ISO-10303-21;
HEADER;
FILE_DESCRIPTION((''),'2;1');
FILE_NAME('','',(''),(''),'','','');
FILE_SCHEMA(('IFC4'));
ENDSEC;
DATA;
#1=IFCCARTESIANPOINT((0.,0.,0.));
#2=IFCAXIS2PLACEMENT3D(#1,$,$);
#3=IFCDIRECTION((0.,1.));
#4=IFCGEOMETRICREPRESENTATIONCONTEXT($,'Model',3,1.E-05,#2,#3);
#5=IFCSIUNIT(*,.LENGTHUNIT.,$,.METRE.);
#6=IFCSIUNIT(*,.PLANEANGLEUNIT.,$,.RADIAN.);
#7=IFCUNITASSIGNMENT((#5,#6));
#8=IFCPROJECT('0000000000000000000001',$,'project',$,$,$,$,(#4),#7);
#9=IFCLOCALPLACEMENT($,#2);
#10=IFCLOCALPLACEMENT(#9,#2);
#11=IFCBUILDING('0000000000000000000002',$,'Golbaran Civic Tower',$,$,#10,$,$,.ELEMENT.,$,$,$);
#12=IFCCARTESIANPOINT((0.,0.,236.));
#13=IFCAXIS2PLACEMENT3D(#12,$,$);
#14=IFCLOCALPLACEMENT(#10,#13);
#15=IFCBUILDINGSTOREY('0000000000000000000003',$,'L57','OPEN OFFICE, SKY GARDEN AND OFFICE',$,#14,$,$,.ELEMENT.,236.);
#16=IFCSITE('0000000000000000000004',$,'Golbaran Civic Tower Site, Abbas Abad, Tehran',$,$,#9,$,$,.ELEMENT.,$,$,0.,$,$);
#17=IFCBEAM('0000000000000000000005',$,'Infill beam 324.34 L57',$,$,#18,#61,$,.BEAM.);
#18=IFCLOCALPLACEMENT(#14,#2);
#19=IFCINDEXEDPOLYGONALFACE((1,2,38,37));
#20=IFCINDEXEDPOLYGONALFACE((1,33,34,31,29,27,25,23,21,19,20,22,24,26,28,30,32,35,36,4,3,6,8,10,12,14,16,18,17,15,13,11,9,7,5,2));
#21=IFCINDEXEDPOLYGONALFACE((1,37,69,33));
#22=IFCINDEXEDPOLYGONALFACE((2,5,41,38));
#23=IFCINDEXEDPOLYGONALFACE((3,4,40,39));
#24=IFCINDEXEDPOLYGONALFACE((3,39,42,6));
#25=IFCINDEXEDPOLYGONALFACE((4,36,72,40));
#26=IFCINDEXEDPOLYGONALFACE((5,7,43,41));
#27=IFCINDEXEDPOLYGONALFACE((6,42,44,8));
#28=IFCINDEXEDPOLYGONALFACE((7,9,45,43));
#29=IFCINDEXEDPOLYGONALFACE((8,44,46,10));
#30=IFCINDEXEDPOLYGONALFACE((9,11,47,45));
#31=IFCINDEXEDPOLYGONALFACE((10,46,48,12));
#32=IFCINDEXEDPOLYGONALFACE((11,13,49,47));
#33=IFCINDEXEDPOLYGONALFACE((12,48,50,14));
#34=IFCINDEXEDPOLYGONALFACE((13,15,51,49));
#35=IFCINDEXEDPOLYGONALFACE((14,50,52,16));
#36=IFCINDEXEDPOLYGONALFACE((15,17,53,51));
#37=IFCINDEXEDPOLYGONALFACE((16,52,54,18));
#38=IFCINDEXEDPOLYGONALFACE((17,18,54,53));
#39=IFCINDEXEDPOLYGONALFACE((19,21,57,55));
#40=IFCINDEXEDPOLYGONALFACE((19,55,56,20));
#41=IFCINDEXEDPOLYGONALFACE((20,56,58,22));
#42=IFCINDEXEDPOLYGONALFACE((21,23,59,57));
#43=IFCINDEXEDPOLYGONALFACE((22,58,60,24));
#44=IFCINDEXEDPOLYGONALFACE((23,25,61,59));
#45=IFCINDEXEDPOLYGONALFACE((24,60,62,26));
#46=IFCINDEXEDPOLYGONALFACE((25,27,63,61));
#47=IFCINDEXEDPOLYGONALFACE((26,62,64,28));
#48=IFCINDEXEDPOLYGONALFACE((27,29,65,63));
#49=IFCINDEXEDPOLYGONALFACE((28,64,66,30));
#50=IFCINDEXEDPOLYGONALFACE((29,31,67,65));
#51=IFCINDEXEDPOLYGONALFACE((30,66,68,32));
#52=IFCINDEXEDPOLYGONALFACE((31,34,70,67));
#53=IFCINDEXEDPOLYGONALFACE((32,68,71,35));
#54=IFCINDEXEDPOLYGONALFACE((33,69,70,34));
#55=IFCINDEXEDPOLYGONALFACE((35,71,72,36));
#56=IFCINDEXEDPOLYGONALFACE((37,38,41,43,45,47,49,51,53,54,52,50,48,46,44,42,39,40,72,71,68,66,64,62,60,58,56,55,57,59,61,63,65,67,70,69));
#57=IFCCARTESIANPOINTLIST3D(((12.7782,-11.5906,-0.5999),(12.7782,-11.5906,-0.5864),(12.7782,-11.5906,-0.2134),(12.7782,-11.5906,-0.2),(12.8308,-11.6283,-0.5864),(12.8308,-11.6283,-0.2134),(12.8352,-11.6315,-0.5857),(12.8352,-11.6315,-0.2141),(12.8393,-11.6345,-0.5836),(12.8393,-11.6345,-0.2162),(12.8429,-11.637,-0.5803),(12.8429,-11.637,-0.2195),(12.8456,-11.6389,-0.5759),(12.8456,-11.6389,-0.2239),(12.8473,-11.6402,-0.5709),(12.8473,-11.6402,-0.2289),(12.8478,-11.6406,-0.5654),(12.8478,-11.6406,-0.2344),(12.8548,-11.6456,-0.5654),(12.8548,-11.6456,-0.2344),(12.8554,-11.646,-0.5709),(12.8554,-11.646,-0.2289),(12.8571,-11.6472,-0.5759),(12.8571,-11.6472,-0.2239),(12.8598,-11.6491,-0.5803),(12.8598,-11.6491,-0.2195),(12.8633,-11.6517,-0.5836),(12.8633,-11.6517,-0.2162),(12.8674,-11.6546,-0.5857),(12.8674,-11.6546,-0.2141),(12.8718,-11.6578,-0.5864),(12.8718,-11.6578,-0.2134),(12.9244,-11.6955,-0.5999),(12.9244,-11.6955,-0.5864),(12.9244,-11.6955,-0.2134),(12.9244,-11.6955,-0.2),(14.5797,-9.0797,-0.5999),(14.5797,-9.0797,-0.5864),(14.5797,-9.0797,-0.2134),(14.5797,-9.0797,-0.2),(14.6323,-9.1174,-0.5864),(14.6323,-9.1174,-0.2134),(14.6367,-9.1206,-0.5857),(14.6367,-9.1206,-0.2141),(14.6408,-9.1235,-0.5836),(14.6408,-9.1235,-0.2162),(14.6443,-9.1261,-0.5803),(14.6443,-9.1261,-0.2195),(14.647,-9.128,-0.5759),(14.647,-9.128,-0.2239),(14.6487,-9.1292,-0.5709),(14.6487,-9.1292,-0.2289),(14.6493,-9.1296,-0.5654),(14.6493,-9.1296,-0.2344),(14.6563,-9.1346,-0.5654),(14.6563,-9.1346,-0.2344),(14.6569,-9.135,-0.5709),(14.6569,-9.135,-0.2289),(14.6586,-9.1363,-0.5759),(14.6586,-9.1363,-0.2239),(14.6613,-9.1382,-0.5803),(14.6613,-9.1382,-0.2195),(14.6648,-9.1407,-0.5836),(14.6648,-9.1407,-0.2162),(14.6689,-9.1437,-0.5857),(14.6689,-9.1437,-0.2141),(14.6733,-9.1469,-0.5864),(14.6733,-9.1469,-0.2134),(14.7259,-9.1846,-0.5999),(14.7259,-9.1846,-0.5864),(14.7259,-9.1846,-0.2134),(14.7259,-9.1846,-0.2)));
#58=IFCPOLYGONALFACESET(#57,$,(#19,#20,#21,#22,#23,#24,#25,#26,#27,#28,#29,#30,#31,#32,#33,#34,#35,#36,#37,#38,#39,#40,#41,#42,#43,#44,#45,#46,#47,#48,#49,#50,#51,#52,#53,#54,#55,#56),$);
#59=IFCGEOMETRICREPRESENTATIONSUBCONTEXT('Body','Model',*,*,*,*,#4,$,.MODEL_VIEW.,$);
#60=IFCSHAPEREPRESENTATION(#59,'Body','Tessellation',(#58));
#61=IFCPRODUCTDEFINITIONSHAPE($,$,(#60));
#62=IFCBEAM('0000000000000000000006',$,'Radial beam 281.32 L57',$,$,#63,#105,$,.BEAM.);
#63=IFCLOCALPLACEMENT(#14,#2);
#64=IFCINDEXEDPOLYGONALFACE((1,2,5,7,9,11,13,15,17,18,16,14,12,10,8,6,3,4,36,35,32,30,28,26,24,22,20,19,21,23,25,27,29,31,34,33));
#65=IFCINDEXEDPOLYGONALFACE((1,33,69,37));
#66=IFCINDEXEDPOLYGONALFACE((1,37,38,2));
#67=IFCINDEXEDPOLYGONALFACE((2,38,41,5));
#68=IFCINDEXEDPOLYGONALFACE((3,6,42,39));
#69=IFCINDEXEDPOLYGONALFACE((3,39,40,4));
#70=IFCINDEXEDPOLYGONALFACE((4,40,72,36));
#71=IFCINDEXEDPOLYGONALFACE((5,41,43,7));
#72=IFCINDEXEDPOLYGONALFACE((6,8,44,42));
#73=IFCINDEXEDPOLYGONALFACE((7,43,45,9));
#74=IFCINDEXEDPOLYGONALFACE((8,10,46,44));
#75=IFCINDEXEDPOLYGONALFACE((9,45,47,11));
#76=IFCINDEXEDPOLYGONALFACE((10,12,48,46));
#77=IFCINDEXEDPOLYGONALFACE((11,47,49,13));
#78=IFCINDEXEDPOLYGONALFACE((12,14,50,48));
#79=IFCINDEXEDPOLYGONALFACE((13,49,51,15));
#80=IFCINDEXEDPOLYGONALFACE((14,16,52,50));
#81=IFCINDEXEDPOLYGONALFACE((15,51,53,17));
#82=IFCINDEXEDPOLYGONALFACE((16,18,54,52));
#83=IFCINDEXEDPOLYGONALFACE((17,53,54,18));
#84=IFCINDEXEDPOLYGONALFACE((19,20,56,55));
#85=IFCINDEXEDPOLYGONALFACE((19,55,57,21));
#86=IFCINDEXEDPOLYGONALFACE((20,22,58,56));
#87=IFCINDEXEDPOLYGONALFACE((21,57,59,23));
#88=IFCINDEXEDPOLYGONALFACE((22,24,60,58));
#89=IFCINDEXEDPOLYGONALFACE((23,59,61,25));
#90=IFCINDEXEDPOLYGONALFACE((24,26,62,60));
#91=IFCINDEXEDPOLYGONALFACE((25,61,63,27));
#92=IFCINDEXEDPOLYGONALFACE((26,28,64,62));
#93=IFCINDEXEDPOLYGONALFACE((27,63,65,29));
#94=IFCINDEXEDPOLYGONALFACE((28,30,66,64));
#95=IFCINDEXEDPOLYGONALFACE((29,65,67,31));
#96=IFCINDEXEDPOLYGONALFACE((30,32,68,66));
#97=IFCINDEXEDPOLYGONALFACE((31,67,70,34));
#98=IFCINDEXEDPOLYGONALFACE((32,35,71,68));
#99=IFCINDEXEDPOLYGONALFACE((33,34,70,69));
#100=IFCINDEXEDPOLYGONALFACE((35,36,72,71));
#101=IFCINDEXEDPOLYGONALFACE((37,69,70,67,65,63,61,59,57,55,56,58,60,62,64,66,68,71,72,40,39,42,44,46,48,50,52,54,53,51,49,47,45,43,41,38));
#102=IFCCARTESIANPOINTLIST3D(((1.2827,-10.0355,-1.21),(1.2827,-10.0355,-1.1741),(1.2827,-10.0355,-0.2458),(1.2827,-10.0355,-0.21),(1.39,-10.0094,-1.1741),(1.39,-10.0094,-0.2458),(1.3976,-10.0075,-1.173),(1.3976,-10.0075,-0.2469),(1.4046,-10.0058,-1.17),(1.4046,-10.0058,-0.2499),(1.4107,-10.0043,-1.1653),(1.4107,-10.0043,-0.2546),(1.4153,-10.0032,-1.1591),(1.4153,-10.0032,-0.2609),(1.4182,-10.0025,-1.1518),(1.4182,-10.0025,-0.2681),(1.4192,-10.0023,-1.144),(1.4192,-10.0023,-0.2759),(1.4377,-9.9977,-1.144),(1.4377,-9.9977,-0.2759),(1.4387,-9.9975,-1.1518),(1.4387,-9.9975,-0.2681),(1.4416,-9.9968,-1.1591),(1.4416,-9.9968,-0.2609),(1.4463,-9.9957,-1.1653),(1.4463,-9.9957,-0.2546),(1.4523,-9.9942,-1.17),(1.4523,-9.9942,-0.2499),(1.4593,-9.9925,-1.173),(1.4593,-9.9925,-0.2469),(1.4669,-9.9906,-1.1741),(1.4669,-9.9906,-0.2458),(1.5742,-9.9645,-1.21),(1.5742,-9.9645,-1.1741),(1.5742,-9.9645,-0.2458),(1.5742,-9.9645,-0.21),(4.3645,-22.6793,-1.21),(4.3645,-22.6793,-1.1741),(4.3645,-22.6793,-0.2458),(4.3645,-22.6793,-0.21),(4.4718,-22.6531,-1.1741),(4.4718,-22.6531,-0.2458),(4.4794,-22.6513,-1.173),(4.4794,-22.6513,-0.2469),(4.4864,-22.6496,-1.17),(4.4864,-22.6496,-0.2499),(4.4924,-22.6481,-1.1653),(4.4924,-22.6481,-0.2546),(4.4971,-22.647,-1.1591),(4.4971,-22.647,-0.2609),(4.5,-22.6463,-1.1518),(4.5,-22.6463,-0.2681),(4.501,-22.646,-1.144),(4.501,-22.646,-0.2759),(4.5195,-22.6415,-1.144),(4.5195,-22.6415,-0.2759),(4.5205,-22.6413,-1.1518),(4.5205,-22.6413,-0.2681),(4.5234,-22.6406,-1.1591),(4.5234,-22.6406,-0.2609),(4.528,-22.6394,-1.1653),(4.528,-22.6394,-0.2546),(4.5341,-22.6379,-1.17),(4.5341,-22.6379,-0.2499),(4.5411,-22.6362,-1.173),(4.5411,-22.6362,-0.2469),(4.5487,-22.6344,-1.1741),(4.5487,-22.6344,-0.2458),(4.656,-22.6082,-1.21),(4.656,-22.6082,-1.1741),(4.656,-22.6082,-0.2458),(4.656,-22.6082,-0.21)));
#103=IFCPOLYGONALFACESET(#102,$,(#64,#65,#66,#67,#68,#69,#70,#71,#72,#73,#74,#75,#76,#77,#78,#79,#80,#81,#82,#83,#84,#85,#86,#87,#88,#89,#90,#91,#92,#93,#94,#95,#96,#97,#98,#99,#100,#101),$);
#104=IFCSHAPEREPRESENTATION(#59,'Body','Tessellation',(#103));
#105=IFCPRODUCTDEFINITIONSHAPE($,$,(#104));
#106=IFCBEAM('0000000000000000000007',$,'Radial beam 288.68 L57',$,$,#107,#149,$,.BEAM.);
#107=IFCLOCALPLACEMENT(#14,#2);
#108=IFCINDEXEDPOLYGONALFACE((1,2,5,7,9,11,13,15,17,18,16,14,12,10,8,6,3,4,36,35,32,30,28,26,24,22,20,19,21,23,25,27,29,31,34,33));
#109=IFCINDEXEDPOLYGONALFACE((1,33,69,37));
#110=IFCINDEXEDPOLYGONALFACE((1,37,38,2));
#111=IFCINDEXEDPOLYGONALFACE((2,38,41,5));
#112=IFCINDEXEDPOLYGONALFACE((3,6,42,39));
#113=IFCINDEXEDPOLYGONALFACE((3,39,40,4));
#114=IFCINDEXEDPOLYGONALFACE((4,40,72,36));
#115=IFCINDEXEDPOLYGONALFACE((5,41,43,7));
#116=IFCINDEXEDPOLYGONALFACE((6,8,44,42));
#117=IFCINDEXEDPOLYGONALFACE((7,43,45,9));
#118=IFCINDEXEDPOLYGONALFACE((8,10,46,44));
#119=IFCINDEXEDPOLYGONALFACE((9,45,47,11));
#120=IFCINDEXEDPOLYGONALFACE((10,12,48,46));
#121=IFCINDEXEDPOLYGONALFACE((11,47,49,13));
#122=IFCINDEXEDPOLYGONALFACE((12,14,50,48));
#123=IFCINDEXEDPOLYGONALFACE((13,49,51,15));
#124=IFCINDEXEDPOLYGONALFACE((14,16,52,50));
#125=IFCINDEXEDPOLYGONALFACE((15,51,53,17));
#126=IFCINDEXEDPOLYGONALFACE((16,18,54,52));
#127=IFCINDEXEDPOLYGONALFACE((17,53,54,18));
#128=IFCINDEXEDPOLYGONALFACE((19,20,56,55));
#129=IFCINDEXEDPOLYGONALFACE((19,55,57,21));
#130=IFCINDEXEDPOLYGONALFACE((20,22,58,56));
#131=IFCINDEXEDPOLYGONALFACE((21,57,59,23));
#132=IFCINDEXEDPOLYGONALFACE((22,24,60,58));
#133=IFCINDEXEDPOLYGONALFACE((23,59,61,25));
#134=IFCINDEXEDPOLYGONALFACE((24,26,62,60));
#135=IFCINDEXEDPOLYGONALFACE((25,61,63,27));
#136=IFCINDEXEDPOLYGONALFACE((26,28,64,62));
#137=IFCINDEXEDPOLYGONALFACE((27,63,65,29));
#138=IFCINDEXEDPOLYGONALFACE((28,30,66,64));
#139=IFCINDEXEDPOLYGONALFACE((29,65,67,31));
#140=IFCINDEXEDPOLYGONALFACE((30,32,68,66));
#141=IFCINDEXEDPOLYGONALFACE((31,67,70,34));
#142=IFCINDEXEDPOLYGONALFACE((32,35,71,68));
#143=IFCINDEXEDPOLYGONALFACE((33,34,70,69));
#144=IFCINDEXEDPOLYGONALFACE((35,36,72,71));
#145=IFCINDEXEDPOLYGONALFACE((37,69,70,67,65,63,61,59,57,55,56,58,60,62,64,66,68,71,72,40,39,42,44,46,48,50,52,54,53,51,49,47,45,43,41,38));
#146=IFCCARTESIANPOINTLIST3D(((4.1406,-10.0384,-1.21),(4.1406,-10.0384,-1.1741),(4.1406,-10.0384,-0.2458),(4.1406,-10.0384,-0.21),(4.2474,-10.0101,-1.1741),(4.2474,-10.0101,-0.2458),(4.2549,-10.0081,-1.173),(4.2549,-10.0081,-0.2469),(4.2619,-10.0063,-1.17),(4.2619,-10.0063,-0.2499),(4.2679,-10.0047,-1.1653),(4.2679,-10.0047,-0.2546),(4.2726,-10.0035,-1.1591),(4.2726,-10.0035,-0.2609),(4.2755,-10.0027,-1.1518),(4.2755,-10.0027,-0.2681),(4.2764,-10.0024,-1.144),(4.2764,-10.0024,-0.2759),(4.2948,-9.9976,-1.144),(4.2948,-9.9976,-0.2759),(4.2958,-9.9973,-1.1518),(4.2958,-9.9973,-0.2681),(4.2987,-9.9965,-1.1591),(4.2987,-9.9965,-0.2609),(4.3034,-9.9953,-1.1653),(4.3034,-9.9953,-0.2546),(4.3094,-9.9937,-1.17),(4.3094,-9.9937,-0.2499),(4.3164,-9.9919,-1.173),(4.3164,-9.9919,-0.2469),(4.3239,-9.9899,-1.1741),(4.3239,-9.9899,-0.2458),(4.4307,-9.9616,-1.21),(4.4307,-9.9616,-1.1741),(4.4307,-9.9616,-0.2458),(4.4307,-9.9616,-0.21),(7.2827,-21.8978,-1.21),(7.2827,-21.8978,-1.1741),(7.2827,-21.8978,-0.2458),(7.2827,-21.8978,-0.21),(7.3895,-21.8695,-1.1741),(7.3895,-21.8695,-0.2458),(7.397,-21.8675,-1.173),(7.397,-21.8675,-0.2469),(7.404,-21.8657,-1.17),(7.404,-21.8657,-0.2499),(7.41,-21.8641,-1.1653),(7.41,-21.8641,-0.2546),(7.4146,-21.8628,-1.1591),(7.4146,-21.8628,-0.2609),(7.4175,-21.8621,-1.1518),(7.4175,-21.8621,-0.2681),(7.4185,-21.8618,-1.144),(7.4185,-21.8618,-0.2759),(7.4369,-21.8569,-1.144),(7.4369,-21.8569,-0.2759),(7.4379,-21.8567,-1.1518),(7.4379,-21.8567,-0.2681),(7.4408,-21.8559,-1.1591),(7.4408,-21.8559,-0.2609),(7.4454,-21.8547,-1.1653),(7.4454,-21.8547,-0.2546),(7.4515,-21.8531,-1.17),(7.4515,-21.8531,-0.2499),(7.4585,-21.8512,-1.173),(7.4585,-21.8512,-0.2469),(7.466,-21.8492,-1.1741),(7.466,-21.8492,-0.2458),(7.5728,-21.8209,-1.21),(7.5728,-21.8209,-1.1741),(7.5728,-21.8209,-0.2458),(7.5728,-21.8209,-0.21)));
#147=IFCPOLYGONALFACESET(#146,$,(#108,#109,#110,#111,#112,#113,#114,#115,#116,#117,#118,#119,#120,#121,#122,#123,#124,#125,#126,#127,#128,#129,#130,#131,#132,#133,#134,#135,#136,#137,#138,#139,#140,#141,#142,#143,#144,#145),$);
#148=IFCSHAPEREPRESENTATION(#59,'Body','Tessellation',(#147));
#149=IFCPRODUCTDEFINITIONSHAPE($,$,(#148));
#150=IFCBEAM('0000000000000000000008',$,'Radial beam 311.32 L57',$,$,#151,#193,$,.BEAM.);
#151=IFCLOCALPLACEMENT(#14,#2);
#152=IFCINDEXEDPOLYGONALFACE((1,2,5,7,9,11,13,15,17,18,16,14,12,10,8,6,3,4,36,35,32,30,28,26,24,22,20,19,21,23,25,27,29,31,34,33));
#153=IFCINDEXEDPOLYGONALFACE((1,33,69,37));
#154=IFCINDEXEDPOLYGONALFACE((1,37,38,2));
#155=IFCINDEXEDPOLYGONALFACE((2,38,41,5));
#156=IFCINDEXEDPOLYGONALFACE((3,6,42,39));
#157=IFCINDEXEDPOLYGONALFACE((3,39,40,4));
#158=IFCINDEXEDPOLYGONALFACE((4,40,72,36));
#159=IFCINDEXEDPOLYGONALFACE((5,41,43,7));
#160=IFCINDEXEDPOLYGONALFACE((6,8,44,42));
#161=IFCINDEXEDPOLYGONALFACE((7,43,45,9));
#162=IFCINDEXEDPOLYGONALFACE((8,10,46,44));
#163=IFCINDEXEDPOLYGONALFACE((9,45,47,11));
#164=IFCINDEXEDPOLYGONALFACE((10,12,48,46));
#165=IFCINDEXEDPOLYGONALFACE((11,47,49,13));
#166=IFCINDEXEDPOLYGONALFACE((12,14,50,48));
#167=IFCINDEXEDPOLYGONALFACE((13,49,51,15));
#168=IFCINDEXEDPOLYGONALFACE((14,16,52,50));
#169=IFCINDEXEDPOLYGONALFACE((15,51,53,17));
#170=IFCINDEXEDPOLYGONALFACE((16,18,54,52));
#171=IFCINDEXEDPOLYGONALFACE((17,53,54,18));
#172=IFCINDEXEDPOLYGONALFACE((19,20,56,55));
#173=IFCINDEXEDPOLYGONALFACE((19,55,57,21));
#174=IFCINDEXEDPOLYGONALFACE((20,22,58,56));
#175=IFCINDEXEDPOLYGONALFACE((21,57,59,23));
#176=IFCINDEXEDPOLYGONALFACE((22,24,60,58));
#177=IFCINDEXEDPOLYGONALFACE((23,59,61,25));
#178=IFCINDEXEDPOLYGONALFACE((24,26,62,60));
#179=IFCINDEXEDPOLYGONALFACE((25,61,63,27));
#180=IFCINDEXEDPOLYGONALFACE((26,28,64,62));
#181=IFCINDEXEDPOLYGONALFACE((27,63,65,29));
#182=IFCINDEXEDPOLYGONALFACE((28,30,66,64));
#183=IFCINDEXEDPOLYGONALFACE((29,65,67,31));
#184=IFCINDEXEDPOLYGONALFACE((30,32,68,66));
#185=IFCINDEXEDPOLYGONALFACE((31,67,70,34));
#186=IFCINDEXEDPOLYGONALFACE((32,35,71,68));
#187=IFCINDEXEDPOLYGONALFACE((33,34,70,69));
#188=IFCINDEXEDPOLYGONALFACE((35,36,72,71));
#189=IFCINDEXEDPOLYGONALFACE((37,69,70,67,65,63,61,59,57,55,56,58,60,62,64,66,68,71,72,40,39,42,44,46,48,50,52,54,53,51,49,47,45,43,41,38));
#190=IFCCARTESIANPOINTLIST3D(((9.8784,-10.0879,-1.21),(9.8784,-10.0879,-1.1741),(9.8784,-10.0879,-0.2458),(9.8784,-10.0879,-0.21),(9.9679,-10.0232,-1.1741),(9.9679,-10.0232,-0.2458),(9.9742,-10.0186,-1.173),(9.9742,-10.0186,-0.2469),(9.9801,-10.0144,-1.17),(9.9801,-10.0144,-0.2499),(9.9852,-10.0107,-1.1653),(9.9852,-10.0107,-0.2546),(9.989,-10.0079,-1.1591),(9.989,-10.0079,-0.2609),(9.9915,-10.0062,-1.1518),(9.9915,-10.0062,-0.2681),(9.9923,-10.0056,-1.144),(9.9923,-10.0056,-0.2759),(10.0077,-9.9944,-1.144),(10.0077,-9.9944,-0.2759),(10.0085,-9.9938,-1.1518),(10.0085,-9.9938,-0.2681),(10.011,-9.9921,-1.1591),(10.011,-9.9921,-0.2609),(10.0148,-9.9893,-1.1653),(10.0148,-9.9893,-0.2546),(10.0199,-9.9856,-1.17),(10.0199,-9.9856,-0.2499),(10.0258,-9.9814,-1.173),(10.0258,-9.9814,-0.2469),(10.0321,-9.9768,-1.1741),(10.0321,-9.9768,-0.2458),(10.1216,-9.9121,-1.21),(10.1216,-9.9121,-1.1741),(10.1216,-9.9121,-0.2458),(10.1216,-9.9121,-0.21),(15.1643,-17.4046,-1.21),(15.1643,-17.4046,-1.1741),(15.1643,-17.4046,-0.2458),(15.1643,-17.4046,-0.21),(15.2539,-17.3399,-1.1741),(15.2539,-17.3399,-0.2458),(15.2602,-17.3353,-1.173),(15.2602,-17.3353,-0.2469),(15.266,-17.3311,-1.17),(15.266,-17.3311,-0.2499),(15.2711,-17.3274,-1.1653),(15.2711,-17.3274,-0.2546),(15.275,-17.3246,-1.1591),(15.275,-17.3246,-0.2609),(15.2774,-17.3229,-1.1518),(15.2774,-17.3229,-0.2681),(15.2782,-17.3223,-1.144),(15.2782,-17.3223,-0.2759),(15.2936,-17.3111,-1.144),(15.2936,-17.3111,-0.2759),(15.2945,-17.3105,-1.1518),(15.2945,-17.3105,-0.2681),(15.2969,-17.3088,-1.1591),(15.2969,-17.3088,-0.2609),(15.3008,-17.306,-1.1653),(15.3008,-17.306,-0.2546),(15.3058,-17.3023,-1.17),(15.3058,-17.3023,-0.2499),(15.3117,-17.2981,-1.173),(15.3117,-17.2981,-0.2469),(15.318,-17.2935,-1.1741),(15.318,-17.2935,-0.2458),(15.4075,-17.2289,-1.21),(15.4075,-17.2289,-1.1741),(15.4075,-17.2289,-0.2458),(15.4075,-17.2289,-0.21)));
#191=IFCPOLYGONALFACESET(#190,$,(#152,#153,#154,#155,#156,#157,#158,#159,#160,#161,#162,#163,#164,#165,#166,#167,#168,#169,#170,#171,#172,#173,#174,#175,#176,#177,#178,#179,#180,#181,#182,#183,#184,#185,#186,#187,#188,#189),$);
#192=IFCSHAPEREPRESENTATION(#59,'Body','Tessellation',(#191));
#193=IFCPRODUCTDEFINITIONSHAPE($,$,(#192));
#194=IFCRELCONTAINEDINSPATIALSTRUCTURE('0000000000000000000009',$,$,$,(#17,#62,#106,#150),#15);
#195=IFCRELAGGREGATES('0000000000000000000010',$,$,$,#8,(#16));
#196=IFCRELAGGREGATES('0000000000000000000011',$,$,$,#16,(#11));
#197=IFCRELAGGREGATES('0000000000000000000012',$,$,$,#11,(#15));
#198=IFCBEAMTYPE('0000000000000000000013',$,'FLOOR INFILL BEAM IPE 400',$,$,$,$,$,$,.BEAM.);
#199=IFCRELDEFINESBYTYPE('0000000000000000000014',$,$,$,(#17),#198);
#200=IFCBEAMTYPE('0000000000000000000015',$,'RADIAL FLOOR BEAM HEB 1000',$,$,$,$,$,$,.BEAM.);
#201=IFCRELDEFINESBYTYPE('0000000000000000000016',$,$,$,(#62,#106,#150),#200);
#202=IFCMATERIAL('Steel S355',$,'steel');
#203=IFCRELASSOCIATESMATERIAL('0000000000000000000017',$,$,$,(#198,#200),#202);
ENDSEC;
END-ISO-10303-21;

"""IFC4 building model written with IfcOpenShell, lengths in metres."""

from ifc_helpers import new_model, si_unit, direction, frame, origin, origin_2d, place, context, subcontext, project, spatial, i_section, extrude, material, material_profile, profile_set, type_object, element, save


model = new_model("IFC4")

# Units and contexts
model_context = context("Model", 3, precision=1e-05, world=origin(), true_north=direction((0.0, 1.0)))
body_context = subcontext(model_context, "Body", "Model", "MODEL_VIEW")
ifc_project = project(units=[si_unit("LENGTHUNIT", "METRE"), si_unit("PLANEANGLEUNIT", "RADIAN")], contexts=[model_context])

# Site, building, storey
site_placement = place(None, origin())
site = spatial("IfcSite", under=ifc_project, at=site_placement, Name="Golbaran Civic Tower Site, Abbas Abad, Tehran", CompositionType="ELEMENT", RefElevation=0.0)
building_placement = place(site_placement, origin())
building = spatial("IfcBuilding", under=site, at=building_placement, Name="Golbaran Civic Tower", CompositionType="ELEMENT")
storey_placement = place(building_placement, frame((0.0, 0.0, 236.0)))
storey = spatial("IfcBuildingStorey", under=building, at=storey_placement, Name="L57", Description="OPEN OFFICE, SKY GARDEN AND OFFICE", CompositionType="ELEMENT", Elevation=236.0)

# Beams
ifc_material_1 = material(Name="Steel S355", Category="steel")
ifc_material_profile_1 = material_profile(ifc_material_1, i_section(OverallWidth=0.1799, OverallDepth=0.3999, WebThickness=0.0085, FlangeThickness=0.0134, FilletRadius=0.021, at=origin_2d()), Name="IPE 400")
ifc_profile_set_1 = profile_set([ifc_material_profile_1], Name="Steel S355")
beam_type_1 = type_object("IfcBeamType", Name="FLOOR INFILL BEAM IPE 400", PredefinedType="BEAM", material=ifc_profile_set_1)
beam_1_placement = place(storey_placement, frame((12.8513, -11.6431, -0.3999), z_axis=(0.582941, 0.812515, 0.0), x_axis=(-0.812515, 0.582941, 0.0)))
element("IfcBeam", 1, at=beam_1_placement, inside=storey, type_object=beam_type_1, Name="Infill beam 324.34 L57", PredefinedType="BEAM", context=body_context, shape_type="SweptSolid", body=[
    extrude(i_section(OverallWidth=0.1799, OverallDepth=0.3999, WebThickness=0.0085, FlangeThickness=0.0134, FilletRadius=0.021, at=origin_2d()), origin(), (0.0, 0.0, 1.0), 3.0903),
])
ifc_material_profile_2 = material_profile(ifc_material_1, i_section(OverallWidth=0.3, OverallDepth=1.0, WebThickness=0.019, FlangeThickness=0.0359, FilletRadius=0.03, at=origin_2d()), Name="HEB 1000")
ifc_profile_set_2 = profile_set([ifc_material_profile_2], Name="Steel S355")
beam_type_2 = type_object("IfcBeamType", Name="RADIAL FLOOR BEAM HEB 1000", PredefinedType="BEAM", material=ifc_profile_set_2)
beam_2_placement = place(storey_placement, frame((1.4285, -10.0, -0.71), z_axis=(0.236806, -0.971557, 0.0), x_axis=(0.971557, 0.236806, 0.0)))
element("IfcBeam", 2, at=beam_2_placement, inside=storey, type_object=beam_type_2, Name="Radial beam 281.32 L57", PredefinedType="BEAM", context=body_context, shape_type="SweptSolid", body=[
    extrude(i_section(OverallWidth=0.3, OverallDepth=1.0, WebThickness=0.019, FlangeThickness=0.0359, FilletRadius=0.03, at=origin_2d()), origin(), (0.0, 0.0, 1.0), 13.0139),
])
beam_3_placement = place(storey_placement, frame((4.2856, -10.0, -0.71), z_axis=(0.256109, -0.966648, 0.0), x_axis=(0.966648, 0.256109, 0.0)))
element("IfcBeam", 3, at=beam_3_placement, inside=storey, type_object=beam_type_2, Name="Radial beam 288.68 L57", PredefinedType="BEAM", context=body_context, shape_type="SweptSolid", body=[
    extrude(i_section(OverallWidth=0.3, OverallDepth=1.0, WebThickness=0.019, FlangeThickness=0.0359, FilletRadius=0.03, at=origin_2d()), origin(), (0.0, 0.0, 1.0), 12.2686),
])
beam_4_placement = place(storey_placement, frame((10.0, -10.0, -0.71), z_axis=(0.58561, -0.810593, 0.0), x_axis=(0.810593, 0.58561, 0.0)))
element("IfcBeam", 4, at=beam_4_placement, inside=storey, type_object=beam_type_2, Name="Radial beam 311.32 L57", PredefinedType="BEAM", context=body_context, shape_type="SweptSolid", body=[
    extrude(i_section(OverallWidth=0.3, OverallDepth=1.0, WebThickness=0.019, FlangeThickness=0.0359, FilletRadius=0.03, at=origin_2d()), origin(), (0.0, 0.0, 1.0), 9.0264),
])

save(model, "model.ifc")
